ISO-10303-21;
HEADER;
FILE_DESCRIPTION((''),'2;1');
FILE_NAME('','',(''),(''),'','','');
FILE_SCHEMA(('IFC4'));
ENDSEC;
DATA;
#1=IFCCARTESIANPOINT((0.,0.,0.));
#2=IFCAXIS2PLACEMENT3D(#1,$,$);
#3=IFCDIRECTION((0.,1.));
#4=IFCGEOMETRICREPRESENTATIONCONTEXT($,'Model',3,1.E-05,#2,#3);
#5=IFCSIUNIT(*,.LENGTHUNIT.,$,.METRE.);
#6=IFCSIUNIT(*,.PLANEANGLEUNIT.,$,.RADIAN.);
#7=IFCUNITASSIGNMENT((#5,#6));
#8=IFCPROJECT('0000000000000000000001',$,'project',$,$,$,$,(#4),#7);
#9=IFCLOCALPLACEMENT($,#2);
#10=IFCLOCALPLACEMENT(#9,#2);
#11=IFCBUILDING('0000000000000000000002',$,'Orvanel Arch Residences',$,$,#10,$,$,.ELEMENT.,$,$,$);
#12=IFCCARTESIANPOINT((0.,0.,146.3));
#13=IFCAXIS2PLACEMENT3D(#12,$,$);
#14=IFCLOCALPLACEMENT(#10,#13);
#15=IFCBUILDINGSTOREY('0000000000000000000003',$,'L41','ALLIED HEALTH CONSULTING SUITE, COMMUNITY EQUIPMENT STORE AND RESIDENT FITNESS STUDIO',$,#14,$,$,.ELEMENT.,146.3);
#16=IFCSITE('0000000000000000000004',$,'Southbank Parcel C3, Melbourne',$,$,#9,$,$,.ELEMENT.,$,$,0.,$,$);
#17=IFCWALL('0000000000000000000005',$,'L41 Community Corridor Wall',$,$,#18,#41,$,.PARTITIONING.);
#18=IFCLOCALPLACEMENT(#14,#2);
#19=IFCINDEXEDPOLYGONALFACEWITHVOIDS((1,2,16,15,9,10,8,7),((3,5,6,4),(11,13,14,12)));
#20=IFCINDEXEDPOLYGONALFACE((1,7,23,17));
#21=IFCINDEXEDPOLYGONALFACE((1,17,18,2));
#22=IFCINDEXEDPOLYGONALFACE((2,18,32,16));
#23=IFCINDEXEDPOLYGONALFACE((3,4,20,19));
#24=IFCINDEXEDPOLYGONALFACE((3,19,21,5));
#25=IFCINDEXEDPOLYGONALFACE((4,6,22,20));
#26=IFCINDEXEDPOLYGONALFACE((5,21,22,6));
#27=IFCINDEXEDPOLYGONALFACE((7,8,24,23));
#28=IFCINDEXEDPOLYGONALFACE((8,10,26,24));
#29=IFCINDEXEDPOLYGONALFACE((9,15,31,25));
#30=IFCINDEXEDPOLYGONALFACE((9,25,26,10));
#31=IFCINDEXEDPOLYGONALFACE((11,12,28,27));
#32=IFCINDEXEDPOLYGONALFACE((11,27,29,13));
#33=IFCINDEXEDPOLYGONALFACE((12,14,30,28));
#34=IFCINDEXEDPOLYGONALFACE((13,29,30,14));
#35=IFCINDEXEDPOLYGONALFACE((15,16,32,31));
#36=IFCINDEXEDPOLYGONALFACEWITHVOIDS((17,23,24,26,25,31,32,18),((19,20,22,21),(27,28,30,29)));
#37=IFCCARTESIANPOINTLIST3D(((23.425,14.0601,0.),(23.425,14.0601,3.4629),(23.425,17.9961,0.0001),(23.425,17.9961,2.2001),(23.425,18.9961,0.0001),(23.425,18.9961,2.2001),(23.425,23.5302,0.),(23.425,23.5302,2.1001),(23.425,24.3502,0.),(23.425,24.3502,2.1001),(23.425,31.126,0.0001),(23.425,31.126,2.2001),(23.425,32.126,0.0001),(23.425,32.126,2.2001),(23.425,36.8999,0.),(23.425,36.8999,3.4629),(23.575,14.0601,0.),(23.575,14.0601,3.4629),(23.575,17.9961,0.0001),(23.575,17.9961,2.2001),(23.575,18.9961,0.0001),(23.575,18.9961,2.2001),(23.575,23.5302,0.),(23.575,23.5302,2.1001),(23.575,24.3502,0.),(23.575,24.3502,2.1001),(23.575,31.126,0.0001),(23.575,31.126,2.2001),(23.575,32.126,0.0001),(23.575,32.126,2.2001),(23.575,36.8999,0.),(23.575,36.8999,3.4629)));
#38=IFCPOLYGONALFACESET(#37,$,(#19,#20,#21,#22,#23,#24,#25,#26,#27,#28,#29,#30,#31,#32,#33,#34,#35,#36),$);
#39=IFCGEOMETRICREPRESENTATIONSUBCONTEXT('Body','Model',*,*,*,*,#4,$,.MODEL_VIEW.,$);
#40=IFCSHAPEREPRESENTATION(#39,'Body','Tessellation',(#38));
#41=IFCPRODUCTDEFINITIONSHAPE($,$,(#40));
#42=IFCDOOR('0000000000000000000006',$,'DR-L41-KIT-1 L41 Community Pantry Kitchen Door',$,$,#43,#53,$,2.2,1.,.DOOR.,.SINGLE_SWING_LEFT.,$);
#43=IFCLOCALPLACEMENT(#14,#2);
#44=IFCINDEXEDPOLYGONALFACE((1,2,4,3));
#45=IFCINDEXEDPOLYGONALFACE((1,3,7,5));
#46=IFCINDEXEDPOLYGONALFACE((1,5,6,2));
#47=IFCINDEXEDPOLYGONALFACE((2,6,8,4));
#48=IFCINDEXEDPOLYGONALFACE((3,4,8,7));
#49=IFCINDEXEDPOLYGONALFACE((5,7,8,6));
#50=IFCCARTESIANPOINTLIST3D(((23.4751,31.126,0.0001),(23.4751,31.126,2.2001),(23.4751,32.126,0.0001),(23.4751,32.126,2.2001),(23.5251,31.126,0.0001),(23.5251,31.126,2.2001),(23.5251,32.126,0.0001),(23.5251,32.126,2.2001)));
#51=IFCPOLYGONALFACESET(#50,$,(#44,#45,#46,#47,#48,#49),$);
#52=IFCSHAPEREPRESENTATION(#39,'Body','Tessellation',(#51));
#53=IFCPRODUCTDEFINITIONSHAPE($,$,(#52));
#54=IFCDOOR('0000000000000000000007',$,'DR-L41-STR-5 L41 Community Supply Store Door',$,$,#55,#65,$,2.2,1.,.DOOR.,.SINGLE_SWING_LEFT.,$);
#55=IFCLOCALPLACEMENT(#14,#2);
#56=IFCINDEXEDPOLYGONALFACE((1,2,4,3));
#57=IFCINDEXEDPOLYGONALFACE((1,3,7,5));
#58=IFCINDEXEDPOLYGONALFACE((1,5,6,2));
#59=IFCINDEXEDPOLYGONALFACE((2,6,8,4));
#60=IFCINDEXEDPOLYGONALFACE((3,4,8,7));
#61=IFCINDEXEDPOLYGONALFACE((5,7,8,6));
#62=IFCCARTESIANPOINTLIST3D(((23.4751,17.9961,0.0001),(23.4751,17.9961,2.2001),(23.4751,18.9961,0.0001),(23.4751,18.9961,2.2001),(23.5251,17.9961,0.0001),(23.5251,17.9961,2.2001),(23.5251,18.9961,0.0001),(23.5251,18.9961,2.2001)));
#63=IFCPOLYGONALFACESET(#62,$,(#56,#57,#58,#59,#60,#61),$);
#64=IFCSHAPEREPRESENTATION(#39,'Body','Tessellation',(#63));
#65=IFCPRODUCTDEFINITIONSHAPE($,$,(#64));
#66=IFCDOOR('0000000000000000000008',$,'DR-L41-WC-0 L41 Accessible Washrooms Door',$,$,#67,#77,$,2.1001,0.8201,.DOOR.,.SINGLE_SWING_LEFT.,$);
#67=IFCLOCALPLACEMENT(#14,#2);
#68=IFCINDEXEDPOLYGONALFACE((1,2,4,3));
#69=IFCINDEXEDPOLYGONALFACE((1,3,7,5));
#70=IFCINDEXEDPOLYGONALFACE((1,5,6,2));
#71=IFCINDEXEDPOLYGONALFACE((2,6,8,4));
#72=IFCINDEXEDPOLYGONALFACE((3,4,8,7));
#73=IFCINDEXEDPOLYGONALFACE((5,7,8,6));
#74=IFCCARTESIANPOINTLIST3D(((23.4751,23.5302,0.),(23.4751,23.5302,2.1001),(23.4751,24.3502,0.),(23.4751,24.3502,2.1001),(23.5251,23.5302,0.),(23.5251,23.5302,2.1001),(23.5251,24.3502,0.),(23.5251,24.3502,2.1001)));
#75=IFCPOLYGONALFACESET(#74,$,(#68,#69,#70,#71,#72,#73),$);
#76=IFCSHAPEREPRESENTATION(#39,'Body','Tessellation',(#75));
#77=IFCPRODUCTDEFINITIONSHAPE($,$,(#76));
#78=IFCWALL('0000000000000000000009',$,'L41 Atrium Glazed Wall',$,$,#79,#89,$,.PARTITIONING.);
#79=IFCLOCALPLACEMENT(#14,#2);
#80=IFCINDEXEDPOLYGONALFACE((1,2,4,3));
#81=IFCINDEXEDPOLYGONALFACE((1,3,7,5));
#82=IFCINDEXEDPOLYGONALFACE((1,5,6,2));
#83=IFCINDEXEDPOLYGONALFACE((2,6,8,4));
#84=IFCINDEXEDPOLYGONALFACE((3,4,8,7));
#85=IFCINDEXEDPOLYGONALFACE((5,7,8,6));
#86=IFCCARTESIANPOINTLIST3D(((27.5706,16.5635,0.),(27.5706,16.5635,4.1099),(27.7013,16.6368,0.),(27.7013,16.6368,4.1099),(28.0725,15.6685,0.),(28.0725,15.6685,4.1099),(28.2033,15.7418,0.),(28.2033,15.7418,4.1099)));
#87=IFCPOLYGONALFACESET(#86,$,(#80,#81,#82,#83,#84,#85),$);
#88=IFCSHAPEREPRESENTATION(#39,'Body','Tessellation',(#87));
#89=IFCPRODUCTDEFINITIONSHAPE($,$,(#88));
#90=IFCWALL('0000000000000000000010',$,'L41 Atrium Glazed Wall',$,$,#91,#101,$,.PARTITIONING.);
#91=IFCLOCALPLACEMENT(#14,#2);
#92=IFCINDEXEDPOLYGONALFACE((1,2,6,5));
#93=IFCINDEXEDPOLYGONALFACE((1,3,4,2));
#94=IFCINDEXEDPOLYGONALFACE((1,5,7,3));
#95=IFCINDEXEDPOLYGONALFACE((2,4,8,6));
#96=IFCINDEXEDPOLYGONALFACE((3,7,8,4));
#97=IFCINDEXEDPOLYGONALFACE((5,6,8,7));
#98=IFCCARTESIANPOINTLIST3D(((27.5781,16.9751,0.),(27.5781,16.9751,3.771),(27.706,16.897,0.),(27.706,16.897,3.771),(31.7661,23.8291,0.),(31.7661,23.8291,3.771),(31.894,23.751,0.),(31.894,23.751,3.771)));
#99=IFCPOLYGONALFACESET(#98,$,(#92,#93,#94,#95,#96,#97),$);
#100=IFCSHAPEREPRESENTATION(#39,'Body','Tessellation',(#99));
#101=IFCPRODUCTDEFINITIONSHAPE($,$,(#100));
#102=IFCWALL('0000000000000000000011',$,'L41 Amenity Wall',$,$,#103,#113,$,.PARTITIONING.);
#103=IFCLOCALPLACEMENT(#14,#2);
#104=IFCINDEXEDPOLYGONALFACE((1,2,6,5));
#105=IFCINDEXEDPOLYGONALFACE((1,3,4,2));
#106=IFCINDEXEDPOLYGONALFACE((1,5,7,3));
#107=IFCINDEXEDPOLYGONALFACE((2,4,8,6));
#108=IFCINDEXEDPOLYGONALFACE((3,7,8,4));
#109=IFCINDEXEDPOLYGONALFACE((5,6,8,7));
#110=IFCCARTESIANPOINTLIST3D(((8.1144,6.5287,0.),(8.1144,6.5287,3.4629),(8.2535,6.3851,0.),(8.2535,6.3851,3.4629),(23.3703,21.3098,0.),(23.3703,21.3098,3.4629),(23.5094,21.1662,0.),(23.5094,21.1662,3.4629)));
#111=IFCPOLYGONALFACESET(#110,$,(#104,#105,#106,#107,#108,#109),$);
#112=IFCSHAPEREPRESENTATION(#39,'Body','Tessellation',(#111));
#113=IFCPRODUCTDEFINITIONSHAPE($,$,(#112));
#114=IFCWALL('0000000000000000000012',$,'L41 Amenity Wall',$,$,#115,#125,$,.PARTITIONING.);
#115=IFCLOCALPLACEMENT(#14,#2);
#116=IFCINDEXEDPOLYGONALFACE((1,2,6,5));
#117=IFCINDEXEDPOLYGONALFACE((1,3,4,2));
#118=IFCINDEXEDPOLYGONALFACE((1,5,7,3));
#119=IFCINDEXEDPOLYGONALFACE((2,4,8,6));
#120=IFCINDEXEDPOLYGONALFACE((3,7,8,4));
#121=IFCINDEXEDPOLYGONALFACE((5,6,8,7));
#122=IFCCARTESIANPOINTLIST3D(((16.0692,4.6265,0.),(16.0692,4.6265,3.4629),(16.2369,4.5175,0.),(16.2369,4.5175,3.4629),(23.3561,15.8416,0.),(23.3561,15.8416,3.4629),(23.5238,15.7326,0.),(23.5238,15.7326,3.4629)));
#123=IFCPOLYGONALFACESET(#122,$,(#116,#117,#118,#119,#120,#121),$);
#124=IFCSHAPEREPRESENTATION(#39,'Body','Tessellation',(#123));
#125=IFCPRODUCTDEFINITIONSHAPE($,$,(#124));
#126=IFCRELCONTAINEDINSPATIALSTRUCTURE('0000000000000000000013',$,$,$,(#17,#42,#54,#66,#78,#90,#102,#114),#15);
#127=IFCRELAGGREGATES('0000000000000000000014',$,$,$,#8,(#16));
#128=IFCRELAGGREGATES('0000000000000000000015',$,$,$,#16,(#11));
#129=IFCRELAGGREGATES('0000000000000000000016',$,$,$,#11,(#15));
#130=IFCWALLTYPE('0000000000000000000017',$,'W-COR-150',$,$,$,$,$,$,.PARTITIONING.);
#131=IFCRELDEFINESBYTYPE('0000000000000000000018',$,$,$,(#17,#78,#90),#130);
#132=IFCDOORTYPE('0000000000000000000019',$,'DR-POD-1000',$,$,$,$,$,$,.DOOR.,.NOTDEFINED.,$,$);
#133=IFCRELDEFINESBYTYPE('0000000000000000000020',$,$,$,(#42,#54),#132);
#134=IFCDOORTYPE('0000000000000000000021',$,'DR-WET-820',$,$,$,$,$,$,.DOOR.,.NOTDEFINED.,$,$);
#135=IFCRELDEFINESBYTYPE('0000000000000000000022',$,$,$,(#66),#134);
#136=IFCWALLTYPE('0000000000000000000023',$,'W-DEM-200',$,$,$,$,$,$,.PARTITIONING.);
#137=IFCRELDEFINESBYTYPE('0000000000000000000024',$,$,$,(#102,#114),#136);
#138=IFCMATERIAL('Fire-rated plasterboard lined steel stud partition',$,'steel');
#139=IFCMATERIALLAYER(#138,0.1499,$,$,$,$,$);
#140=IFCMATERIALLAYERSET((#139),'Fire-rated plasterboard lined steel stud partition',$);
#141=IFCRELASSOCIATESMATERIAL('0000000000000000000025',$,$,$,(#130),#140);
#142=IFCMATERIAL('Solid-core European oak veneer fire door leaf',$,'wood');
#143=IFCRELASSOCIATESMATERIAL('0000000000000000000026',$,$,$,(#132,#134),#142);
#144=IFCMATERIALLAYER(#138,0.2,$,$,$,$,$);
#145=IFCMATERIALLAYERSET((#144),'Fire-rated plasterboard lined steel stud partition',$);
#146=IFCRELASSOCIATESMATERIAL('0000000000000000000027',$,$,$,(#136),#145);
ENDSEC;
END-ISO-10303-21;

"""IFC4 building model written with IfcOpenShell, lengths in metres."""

from ifc_helpers import new_model, si_unit, direction, frame, frame_2d, origin, place, context, subcontext, project, spatial, rectangle, extrude, material, layer, layer_set, type_object, element, fill, save


model = new_model("IFC4")

# Units and contexts
model_context = context("Model", 3, precision=1e-05, world=origin(), true_north=direction((0.0, 1.0)))
body_context = subcontext(model_context, "Body", "Model", "MODEL_VIEW")
ifc_project = project(units=[si_unit("LENGTHUNIT", "METRE"), si_unit("PLANEANGLEUNIT", "RADIAN")], contexts=[model_context])

# Site, building, storey
site_placement = place(None, origin())
site = spatial("IfcSite", under=ifc_project, at=site_placement, Name="Southbank Parcel C3, Melbourne", CompositionType="ELEMENT", RefElevation=0.0)
building_placement = place(site_placement, origin())
building = spatial("IfcBuilding", under=site, at=building_placement, Name="Orvanel Arch Residences", CompositionType="ELEMENT")
storey_placement = place(building_placement, frame((0.0, 0.0, 146.3)))
storey = spatial("IfcBuildingStorey", under=building, at=storey_placement, Name="L41", Description="ALLIED HEALTH CONSULTING SUITE, COMMUNITY EQUIPMENT STORE AND RESIDENT FITNESS STUDIO", CompositionType="ELEMENT", Elevation=146.3)

# Shared definitions
ifc_material_1 = material(Name="Fire-rated plasterboard lined steel stud partition", Category="steel")
ifc_layer_1 = layer(ifc_material_1, 0.1499)
ifc_layer_set_1 = layer_set([ifc_layer_1], Name="Fire-rated plasterboard lined steel stud partition")
wall_type_1 = type_object("IfcWallType", Name="W-COR-150", PredefinedType="PARTITIONING", material=ifc_layer_set_1)
ifc_material_2 = material(Name="Solid-core European oak veneer fire door leaf", Category="wood")
door_type_1 = type_object("IfcDoorType", Name="DR-POD-1000", OperationType="NOTDEFINED", PredefinedType="DOOR", material=ifc_material_2)

# Wall, openings, doors
wall_1_placement = place(storey_placement, frame((23.5, 14.0601, 0.0), z_axis=(0.0, 0.0, 1.0), x_axis=(0.0, 1.0, 0.0)))
wall_1 = element("IfcWall", 1, at=wall_1_placement, inside=storey, type_object=wall_type_1, Name="L41 Community Corridor Wall", PredefinedType="PARTITIONING", context=body_context, shape_type="SweptSolid", body=[
    extrude(rectangle(XDim=22.8398, YDim=0.1499, at=frame_2d((11.4199, 0.0))), origin(), (0.0, 0.0, 1.0), 3.4629),
])
opening_1_placement = place(wall_1_placement, frame((9.47, 0.0, 0.0)))
opening_1 = element("IfcOpeningElement", 2, at=opening_1_placement, cuts=wall_1, PredefinedType="OPENING", context=body_context, shape_type="SweptSolid", body=[
    extrude(rectangle(XDim=0.8201, YDim=2.1001, at=frame_2d((0.4102, 1.05))), frame((0.0, 0.085, 0.0), z_axis=(0.0, -1.0, 0.0), x_axis=(1.0, 0.0, 0.0)), (0.0, 0.0, 1.0), 0.1699),
])
opening_2_placement = place(wall_1_placement, frame((17.0659, 0.0, 0.0)))
opening_2 = element("IfcOpeningElement", 3, at=opening_2_placement, cuts=wall_1, PredefinedType="OPENING", context=body_context, shape_type="SweptSolid", body=[
    extrude(rectangle(XDim=1.0, YDim=2.2, at=frame_2d((0.5, 1.1001))), frame((0.0, 0.085, 0.0), z_axis=(0.0, -1.0, 0.0), x_axis=(1.0, 0.0, 0.0)), (0.0, 0.0, 1.0), 0.1699),
])
opening_3_placement = place(wall_1_placement, frame((3.936, 0.0, 0.0)))
opening_3 = element("IfcOpeningElement", 4, at=opening_3_placement, cuts=wall_1, PredefinedType="OPENING", context=body_context, shape_type="SweptSolid", body=[
    extrude(rectangle(XDim=1.0, YDim=2.2, at=frame_2d((0.5, 1.1001))), frame((0.0, 0.085, 0.0), z_axis=(0.0, -1.0, 0.0), x_axis=(1.0, 0.0, 0.0)), (0.0, 0.0, 1.0), 0.1699),
])
door_1_placement = place(opening_2_placement, origin())
door_1 = element("IfcDoor", 5, at=door_1_placement, inside=storey, type_object=door_type_1, Name="DR-L41-KIT-1 L41 Community Pantry Kitchen Door", OperationType="SINGLE_SWING_LEFT", OverallHeight=2.2, OverallWidth=1.0, PredefinedType="DOOR", context=body_context, shape_type="SweptSolid", body=[
    extrude(rectangle(XDim=1.0, YDim=2.2, at=frame_2d((0.5, 1.1001))), frame((0.0, 0.0249, 0.0), z_axis=(0.0, -1.0, 0.0), x_axis=(1.0, 0.0, 0.0)), (0.0, 0.0, 1.0), 0.05),
])
fill(opening_2, door_1)
door_2_placement = place(opening_3_placement, origin())
door_2 = element("IfcDoor", 6, at=door_2_placement, inside=storey, type_object=door_type_1, Name="DR-L41-STR-5 L41 Community Supply Store Door", OperationType="SINGLE_SWING_LEFT", OverallHeight=2.2, OverallWidth=1.0, PredefinedType="DOOR", context=body_context, shape_type="SweptSolid", body=[
    extrude(rectangle(XDim=1.0, YDim=2.2, at=frame_2d((0.5, 1.1001))), frame((0.0, 0.0249, 0.0), z_axis=(0.0, -1.0, 0.0), x_axis=(1.0, 0.0, 0.0)), (0.0, 0.0, 1.0), 0.05),
])
fill(opening_3, door_2)
door_type_2 = type_object("IfcDoorType", Name="DR-WET-820", OperationType="NOTDEFINED", PredefinedType="DOOR", material=ifc_material_2)
door_3_placement = place(opening_1_placement, origin())
door_3 = element("IfcDoor", 7, at=door_3_placement, inside=storey, type_object=door_type_2, Name="DR-L41-WC-0 L41 Accessible Washrooms Door", OperationType="SINGLE_SWING_LEFT", OverallHeight=2.1001, OverallWidth=0.8201, PredefinedType="DOOR", context=body_context, shape_type="SweptSolid", body=[
    extrude(rectangle(XDim=0.8201, YDim=2.1001, at=frame_2d((0.4102, 1.05))), frame((0.0, 0.0249, 0.0), z_axis=(0.0, -1.0, 0.0), x_axis=(1.0, 0.0, 0.0)), (0.0, 0.0, 1.0), 0.05),
])
fill(opening_1, door_3)

# Walls
wall_2_placement = place(storey_placement, frame((28.1379, 15.7051, 0.0), z_axis=(0.0, 0.0, 1.0), x_axis=(-0.489154, 0.872198, 0.0)))
element("IfcWall", 8, at=wall_2_placement, inside=storey, type_object=wall_type_1, Name="L41 Atrium Glazed Wall", PredefinedType="PARTITIONING", context=body_context, shape_type="SweptSolid", body=[
    extrude(rectangle(XDim=1.0261, YDim=0.1499, at=frame_2d((0.5132, 0.0))), origin(), (0.0, 0.0, 1.0), 4.1099),
])
wall_3_placement = place(storey_placement, frame((27.6421, 16.936, 0.0), z_axis=(0.0, 0.0, 1.0), x_axis=(0.521398, 0.853313, 0.0)))
element("IfcWall", 9, at=wall_3_placement, inside=storey, type_object=wall_type_1, Name="L41 Atrium Glazed Wall", PredefinedType="PARTITIONING", context=body_context, shape_type="SweptSolid", body=[
    extrude(rectangle(XDim=8.0322, YDim=0.1499, at=frame_2d((4.0161, 0.0))), origin(), (0.0, 0.0, 1.0), 3.771),
])
ifc_layer_2 = layer(ifc_material_1, 0.2)
ifc_layer_set_2 = layer_set([ifc_layer_2], Name="Fire-rated plasterboard lined steel stud partition")
wall_type_2 = type_object("IfcWallType", Name="W-DEM-200", PredefinedType="PARTITIONING", material=ifc_layer_set_2)
wall_4_placement = place(storey_placement, frame((23.4399, 21.238, 0.0), z_axis=(0.0, 0.0, 1.0), x_axis=(-0.718196, -0.695841, 0.0)))
element("IfcWall", 10, at=wall_4_placement, inside=storey, type_object=wall_type_2, Name="L41 Amenity Wall", PredefinedType="PARTITIONING", context=body_context, shape_type="SweptSolid", body=[
    extrude(rectangle(XDim=21.2419, YDim=0.2, at=frame_2d((10.6211, 0.0))), origin(), (0.0, 0.0, 1.0), 3.4629),
])
wall_5_placement = place(storey_placement, frame((23.4399, 15.7871, 0.0), z_axis=(0.0, 0.0, 1.0), x_axis=(-0.544834, -0.838544, 0.0)))
element("IfcWall", 11, at=wall_5_placement, inside=storey, type_object=wall_type_2, Name="L41 Amenity Wall", PredefinedType="PARTITIONING", context=body_context, shape_type="SweptSolid", body=[
    extrude(rectangle(XDim=13.3745, YDim=0.2, at=frame_2d((6.6873, 0.0))), origin(), (0.0, 0.0, 1.0), 3.4629),
])

save(model, "model.ifc")
